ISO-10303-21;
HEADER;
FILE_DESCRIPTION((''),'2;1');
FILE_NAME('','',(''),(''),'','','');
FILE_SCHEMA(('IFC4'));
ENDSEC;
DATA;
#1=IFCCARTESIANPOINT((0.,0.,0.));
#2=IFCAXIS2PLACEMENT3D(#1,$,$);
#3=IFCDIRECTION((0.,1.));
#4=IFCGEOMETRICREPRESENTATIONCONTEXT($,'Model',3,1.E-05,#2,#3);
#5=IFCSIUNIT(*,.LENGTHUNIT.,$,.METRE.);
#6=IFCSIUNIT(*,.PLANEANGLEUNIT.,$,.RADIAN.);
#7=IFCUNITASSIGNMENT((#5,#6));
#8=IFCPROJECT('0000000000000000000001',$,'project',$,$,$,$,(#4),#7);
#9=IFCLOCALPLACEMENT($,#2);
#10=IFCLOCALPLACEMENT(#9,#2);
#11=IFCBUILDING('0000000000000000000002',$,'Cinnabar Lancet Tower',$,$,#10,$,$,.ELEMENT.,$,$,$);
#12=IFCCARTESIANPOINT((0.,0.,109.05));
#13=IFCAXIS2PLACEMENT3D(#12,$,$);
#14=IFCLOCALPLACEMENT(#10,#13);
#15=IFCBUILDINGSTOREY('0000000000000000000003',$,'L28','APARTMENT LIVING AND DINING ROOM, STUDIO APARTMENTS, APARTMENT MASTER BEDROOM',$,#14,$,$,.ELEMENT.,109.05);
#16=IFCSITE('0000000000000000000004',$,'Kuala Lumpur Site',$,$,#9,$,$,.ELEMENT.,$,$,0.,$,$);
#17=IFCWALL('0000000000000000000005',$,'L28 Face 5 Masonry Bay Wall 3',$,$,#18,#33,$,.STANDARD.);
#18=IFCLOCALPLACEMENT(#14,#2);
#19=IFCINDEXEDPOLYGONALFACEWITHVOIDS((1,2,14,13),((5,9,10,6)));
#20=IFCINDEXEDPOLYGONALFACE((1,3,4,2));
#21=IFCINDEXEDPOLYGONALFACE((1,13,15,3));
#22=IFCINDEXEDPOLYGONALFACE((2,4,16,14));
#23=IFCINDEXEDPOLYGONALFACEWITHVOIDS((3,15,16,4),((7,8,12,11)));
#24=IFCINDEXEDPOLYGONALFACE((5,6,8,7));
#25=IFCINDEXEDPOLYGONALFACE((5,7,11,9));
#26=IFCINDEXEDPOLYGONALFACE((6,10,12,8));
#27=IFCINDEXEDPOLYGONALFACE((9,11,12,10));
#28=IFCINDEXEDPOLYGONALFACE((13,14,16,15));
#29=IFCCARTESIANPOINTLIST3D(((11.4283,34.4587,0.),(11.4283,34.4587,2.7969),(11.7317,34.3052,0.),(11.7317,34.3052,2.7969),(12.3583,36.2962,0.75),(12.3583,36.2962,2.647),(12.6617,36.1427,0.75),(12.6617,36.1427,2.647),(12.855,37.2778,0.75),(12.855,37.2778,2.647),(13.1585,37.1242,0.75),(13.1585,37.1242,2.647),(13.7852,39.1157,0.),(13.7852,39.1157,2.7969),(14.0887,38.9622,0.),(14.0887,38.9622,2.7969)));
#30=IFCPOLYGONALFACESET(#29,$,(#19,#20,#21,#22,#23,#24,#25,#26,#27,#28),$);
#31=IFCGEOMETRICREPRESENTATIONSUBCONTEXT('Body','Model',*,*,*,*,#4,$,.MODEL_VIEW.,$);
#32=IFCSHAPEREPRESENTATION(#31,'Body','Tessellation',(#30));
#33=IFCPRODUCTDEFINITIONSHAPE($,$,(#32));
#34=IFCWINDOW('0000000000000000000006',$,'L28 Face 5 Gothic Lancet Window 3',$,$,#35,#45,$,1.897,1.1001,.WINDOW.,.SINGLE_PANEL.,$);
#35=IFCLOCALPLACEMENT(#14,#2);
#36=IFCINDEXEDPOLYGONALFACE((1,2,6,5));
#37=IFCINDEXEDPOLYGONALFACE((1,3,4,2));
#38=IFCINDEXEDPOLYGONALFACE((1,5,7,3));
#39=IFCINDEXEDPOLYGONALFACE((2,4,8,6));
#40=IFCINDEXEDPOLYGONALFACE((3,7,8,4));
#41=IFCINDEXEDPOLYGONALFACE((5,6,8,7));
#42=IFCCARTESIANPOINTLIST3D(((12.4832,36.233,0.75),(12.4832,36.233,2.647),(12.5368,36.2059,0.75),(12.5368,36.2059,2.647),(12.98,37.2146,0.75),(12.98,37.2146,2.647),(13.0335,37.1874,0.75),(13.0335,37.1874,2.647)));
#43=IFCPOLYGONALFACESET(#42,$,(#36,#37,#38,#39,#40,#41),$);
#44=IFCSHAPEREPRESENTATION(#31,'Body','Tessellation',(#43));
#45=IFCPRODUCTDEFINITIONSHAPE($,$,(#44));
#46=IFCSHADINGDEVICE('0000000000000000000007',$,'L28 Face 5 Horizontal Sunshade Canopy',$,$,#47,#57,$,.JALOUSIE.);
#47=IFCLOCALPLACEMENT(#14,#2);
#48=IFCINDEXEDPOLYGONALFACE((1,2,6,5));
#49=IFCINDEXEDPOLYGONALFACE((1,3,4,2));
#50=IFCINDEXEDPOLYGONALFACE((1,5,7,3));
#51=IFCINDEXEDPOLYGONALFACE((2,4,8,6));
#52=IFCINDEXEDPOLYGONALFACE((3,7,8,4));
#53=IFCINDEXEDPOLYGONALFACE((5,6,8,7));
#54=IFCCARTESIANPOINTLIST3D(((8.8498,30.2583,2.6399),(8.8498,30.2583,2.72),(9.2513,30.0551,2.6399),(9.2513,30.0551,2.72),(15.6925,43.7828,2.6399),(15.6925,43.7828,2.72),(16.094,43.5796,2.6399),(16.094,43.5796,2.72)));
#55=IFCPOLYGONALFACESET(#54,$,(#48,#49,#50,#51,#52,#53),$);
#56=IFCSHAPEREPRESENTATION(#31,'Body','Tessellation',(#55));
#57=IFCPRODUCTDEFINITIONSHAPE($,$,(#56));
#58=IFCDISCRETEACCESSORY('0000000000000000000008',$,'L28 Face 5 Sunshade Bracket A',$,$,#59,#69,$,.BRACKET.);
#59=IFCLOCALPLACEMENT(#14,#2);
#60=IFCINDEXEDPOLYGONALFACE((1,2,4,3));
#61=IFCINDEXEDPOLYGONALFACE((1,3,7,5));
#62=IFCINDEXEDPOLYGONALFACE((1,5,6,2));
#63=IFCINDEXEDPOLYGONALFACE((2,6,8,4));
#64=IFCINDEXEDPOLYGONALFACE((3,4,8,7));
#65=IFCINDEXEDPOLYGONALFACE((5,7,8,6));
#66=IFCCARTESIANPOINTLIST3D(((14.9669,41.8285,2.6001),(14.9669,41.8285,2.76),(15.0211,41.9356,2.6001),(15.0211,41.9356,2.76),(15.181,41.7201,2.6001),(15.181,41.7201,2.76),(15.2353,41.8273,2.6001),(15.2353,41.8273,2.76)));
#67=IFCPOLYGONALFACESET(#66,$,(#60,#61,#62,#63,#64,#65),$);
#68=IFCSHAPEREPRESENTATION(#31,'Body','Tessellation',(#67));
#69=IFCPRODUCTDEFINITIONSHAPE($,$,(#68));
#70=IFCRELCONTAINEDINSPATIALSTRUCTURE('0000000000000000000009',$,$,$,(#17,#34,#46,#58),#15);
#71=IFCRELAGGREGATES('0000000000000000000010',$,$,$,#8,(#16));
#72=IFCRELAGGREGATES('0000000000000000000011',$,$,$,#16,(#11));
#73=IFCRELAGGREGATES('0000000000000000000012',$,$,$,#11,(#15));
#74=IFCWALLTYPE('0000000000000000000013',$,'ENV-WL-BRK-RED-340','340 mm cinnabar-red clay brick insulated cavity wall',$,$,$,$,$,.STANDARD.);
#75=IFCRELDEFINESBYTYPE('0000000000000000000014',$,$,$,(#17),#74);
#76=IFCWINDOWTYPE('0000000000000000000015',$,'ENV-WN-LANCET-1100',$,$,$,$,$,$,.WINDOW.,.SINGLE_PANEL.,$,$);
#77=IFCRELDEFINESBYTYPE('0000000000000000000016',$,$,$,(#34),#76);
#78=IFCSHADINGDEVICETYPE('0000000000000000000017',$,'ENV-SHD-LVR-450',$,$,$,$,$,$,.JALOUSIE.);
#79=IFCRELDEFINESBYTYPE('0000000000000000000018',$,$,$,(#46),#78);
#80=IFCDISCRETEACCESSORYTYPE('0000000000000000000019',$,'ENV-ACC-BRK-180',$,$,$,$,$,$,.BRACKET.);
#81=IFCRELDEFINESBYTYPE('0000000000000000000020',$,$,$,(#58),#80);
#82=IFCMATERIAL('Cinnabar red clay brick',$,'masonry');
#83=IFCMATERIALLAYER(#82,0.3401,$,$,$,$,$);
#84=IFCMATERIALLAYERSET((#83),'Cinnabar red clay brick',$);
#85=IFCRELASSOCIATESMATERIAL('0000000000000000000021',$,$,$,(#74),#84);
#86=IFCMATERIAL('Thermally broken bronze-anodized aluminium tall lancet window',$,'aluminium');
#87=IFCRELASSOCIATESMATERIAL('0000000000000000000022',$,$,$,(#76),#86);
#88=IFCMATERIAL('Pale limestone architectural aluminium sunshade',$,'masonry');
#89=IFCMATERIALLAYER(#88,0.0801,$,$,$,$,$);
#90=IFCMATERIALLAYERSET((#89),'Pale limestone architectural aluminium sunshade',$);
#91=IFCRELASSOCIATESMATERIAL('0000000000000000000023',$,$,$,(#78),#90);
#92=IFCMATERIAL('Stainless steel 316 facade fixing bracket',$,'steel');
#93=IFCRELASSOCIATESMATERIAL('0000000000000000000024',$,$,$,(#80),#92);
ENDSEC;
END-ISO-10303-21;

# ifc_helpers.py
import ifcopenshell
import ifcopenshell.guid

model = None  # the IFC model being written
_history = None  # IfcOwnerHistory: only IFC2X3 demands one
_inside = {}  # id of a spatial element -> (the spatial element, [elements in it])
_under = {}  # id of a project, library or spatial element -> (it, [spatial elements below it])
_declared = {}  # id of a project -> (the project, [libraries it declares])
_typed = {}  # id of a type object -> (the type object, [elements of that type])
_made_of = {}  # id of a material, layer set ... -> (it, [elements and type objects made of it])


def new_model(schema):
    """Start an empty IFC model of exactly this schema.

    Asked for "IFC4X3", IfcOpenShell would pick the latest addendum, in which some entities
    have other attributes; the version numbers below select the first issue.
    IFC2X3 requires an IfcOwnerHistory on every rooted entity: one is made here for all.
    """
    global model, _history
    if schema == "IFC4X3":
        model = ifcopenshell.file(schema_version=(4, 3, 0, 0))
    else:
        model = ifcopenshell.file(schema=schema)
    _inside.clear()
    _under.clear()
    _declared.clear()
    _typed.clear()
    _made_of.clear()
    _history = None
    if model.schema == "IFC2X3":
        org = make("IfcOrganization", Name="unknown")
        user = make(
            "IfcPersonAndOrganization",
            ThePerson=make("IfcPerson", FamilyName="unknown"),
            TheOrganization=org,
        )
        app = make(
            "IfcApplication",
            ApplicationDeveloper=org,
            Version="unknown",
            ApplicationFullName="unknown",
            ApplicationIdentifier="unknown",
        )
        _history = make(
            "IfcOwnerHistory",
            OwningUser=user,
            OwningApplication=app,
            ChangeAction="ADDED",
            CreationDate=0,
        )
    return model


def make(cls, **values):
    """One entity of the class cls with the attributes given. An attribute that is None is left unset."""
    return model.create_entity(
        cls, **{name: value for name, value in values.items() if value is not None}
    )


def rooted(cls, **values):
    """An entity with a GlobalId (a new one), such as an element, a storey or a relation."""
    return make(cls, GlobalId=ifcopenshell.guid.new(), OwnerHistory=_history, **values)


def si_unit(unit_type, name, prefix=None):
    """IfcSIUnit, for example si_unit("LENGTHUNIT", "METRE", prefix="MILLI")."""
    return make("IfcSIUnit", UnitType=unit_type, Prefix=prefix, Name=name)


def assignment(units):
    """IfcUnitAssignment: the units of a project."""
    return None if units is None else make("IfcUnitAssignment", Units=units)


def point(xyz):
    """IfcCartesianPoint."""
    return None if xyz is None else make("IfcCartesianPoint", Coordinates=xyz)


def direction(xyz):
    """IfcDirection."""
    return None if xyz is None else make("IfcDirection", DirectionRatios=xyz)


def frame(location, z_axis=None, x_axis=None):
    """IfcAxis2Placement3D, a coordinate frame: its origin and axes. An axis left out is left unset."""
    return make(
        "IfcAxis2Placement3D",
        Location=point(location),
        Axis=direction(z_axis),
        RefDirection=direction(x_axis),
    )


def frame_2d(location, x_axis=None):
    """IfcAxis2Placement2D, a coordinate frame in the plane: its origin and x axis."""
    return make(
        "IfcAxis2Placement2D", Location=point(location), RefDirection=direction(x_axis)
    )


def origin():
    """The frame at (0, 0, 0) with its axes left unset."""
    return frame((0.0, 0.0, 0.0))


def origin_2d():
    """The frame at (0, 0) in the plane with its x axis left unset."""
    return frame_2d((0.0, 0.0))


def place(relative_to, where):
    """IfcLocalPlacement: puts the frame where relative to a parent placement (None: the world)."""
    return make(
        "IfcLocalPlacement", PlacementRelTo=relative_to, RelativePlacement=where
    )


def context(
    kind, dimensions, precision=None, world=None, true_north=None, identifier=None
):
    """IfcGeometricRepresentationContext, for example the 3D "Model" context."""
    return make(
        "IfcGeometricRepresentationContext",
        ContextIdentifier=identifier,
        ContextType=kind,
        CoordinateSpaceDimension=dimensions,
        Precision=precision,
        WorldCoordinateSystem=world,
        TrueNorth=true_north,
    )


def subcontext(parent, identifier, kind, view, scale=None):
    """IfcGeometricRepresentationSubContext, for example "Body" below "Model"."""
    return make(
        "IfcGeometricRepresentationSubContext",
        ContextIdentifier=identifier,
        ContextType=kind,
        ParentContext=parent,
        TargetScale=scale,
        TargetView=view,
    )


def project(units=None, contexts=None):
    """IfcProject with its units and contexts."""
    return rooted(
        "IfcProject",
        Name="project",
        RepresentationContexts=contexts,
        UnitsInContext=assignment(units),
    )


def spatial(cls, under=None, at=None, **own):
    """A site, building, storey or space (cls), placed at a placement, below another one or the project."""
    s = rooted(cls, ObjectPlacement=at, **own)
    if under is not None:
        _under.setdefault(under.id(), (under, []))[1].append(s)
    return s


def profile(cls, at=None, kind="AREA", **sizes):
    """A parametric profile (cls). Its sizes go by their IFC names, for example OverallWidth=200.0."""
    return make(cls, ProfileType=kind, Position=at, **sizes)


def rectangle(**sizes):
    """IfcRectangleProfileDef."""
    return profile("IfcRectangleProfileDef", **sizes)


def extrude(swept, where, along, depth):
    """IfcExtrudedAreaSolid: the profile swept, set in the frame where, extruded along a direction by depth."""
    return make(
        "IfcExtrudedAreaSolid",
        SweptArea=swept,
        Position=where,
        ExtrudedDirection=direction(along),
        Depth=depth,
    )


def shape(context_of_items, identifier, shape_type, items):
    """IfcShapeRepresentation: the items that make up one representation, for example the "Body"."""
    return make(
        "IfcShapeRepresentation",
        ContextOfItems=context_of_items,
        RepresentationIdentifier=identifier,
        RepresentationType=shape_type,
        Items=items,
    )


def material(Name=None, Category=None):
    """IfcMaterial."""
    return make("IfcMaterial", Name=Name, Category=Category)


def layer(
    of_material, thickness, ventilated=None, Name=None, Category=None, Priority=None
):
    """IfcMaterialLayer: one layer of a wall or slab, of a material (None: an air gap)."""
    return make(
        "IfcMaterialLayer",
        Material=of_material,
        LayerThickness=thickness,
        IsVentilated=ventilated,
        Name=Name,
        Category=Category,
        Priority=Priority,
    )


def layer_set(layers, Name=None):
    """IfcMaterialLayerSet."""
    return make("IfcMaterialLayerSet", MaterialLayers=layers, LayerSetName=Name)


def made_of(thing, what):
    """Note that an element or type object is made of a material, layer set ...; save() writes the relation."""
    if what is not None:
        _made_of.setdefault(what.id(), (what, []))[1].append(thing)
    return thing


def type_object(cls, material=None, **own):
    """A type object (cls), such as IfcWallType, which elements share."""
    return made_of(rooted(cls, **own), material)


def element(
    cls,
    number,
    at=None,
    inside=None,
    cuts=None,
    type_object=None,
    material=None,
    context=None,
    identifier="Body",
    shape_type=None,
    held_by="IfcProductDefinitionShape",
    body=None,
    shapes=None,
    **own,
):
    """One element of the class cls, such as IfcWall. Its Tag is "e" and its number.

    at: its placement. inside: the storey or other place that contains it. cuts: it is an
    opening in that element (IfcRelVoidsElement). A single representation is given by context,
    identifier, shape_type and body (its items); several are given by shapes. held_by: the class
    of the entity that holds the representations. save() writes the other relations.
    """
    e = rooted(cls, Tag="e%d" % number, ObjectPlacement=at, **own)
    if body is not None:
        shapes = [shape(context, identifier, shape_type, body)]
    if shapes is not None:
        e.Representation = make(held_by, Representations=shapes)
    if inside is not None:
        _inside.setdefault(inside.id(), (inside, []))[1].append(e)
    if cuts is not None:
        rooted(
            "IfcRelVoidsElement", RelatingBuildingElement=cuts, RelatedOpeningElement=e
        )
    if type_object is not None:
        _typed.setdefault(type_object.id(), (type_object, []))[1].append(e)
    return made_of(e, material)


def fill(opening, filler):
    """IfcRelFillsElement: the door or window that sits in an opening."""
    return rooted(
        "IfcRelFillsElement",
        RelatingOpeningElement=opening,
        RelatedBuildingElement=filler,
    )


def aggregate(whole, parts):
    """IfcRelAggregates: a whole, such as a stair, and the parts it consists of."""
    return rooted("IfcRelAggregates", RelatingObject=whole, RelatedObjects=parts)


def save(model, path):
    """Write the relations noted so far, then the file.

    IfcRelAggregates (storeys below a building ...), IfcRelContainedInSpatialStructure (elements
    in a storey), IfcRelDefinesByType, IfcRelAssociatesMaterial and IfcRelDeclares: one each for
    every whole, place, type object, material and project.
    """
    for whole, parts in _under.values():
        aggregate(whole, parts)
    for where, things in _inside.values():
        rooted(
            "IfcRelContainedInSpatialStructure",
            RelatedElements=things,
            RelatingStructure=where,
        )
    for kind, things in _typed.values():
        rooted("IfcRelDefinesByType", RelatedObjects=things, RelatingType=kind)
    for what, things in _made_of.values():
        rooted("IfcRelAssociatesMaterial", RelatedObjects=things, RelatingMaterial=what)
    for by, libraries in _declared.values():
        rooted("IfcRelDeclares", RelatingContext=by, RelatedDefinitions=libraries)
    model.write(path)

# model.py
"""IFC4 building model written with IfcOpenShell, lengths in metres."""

from ifc_helpers import new_model, si_unit, direction, frame, frame_2d, origin, origin_2d, place, context, subcontext, project, spatial, rectangle, extrude, material, layer, layer_set, type_object, element, fill, save


model = new_model("IFC4")

# Units and contexts
model_context = context("Model", 3, precision=1e-05, world=origin(), true_north=direction((0.0, 1.0)))
body_context = subcontext(model_context, "Body", "Model", "MODEL_VIEW")
ifc_project = project(units=[si_unit("LENGTHUNIT", "METRE"), si_unit("PLANEANGLEUNIT", "RADIAN")], contexts=[model_context])

# Site, building, storey
site_placement = place(None, origin())
site = spatial("IfcSite", under=ifc_project, at=site_placement, Name="Kuala Lumpur Site", CompositionType="ELEMENT", RefElevation=0.0)
building_placement = place(site_placement, origin())
building = spatial("IfcBuilding", under=site, at=building_placement, Name="Cinnabar Lancet Tower", CompositionType="ELEMENT")
storey_placement = place(building_placement, frame((0.0, 0.0, 109.05)))
storey = spatial("IfcBuildingStorey", under=building, at=storey_placement, Name="L28", Description="APARTMENT LIVING AND DINING ROOM, STUDIO APARTMENTS, APARTMENT MASTER BEDROOM", CompositionType="ELEMENT", Elevation=109.05)

# Shared definitions
ifc_material_1 = material(Name="Cinnabar red clay brick", Category="masonry")
ifc_layer_1 = layer(ifc_material_1, 0.3401)
ifc_layer_set_1 = layer_set([ifc_layer_1], Name="Cinnabar red clay brick")
wall_type_1 = type_object("IfcWallType", Name="ENV-WL-BRK-RED-340", Description="340 mm cinnabar-red clay brick insulated cavity wall", PredefinedType="STANDARD", material=ifc_layer_set_1)

# Wall, opening, window
ifc_material_2 = material(Name="Thermally broken bronze-anodized aluminium tall lancet window", Category="aluminium")
window_type = type_object("IfcWindowType", Name="ENV-WN-LANCET-1100", PartitioningType="SINGLE_PANEL", PredefinedType="WINDOW", material=ifc_material_2)
wall_1_placement = place(storey_placement, frame((13.937, 39.0391, 0.0), z_axis=(0.0, 0.0, 1.0), x_axis=(-0.451568, -0.892237, 0.0)))
wall_1 = element("IfcWall", 1, at=wall_1_placement, inside=storey, type_object=wall_type_1, Name="L28 Face 5 Masonry Bay Wall 3", PredefinedType="STANDARD", context=body_context, shape_type="SweptSolid", body=[
    extrude(rectangle(XDim=5.2195, YDim=0.3401, at=frame_2d((2.6099, 0.0))), origin(), (0.0, 0.0, 1.0), 2.7969),
])
opening_1_placement = place(wall_1_placement, frame((2.0601, 0.0, 0.75)))
opening_1 = element("IfcOpeningElement", 2, at=opening_1_placement, cuts=wall_1, PredefinedType="OPENING", context=body_context, shape_type="SweptSolid", body=[
    extrude(rectangle(XDim=1.1001, YDim=1.897, at=frame_2d((0.55, 0.9485))), frame((0.0, 0.1799, 0.0), z_axis=(0.0, -1.0, 0.0), x_axis=(1.0, 0.0, 0.0)), (0.0, 0.0, 1.0), 0.3601),
])
window_1_placement = place(opening_1_placement, origin())
window_1 = element("IfcWindow", 3, at=window_1_placement, inside=storey, type_object=window_type, Name="L28 Face 5 Gothic Lancet Window 3", OverallHeight=1.897, OverallWidth=1.1001, PartitioningType="SINGLE_PANEL", PredefinedType="WINDOW", context=body_context, shape_type="SweptSolid", body=[
    extrude(rectangle(XDim=1.1001, YDim=1.897, at=frame_2d((0.55, 0.9485))), frame((0.0, 0.03, 0.0), z_axis=(0.0, -1.0, 0.0), x_axis=(1.0, 0.0, 0.0)), (0.0, 0.0, 1.0), 0.0601),
])
fill(opening_1, window_1)

# Shading device
ifc_material_3 = material(Name="Pale limestone architectural aluminium sunshade", Category="masonry")
ifc_layer_2 = layer(ifc_material_3, 0.0801)
ifc_layer_set_2 = layer_set([ifc_layer_2], Name="Pale limestone architectural aluminium sunshade")
shading_device_type = type_object("IfcShadingDeviceType", Name="ENV-SHD-LVR-450", PredefinedType="JALOUSIE", material=ifc_layer_set_2)
shading_device_placement = place(storey_placement, frame((12.4719, 36.9189, 2.6399), z_axis=(0.0, 0.0, 1.0), x_axis=(-0.451454, -0.892294, 0.0)))
element("IfcShadingDevice", 4, at=shading_device_placement, inside=storey, type_object=shading_device_type, Name="L28 Face 5 Horizontal Sunshade Canopy", PredefinedType="JALOUSIE", context=body_context, shape_type="SweptSolid", body=[
    extrude(rectangle(XDim=15.157, YDim=0.45, at=origin_2d()), origin(), (0.0, 0.0, 1.0), 0.0801),
])

# Discrete accessory
ifc_material_4 = material(Name="Stainless steel 316 facade fixing bracket", Category="steel")
discrete_accessory_type = type_object("IfcDiscreteAccessoryType", Name="ENV-ACC-BRK-180", PredefinedType="BRACKET", material=ifc_material_4)
discrete_accessory_placement = place(storey_placement, frame((15.1011, 41.8279, 2.6001), z_axis=(0.0, 0.0, 1.0), x_axis=(-0.451454, -0.892294, 0.0)))
element("IfcDiscreteAccessory", 5, at=discrete_accessory_placement, inside=storey, type_object=discrete_accessory_type, Name="L28 Face 5 Sunshade Bracket A", PredefinedType="BRACKET", context=body_context, shape_type="SweptSolid", body=[
    extrude(rectangle(XDim=0.1201, YDim=0.24, at=origin_2d()), origin(), (0.0, 0.0, 1.0), 0.1599),
])

save(model, "model.ifc")
